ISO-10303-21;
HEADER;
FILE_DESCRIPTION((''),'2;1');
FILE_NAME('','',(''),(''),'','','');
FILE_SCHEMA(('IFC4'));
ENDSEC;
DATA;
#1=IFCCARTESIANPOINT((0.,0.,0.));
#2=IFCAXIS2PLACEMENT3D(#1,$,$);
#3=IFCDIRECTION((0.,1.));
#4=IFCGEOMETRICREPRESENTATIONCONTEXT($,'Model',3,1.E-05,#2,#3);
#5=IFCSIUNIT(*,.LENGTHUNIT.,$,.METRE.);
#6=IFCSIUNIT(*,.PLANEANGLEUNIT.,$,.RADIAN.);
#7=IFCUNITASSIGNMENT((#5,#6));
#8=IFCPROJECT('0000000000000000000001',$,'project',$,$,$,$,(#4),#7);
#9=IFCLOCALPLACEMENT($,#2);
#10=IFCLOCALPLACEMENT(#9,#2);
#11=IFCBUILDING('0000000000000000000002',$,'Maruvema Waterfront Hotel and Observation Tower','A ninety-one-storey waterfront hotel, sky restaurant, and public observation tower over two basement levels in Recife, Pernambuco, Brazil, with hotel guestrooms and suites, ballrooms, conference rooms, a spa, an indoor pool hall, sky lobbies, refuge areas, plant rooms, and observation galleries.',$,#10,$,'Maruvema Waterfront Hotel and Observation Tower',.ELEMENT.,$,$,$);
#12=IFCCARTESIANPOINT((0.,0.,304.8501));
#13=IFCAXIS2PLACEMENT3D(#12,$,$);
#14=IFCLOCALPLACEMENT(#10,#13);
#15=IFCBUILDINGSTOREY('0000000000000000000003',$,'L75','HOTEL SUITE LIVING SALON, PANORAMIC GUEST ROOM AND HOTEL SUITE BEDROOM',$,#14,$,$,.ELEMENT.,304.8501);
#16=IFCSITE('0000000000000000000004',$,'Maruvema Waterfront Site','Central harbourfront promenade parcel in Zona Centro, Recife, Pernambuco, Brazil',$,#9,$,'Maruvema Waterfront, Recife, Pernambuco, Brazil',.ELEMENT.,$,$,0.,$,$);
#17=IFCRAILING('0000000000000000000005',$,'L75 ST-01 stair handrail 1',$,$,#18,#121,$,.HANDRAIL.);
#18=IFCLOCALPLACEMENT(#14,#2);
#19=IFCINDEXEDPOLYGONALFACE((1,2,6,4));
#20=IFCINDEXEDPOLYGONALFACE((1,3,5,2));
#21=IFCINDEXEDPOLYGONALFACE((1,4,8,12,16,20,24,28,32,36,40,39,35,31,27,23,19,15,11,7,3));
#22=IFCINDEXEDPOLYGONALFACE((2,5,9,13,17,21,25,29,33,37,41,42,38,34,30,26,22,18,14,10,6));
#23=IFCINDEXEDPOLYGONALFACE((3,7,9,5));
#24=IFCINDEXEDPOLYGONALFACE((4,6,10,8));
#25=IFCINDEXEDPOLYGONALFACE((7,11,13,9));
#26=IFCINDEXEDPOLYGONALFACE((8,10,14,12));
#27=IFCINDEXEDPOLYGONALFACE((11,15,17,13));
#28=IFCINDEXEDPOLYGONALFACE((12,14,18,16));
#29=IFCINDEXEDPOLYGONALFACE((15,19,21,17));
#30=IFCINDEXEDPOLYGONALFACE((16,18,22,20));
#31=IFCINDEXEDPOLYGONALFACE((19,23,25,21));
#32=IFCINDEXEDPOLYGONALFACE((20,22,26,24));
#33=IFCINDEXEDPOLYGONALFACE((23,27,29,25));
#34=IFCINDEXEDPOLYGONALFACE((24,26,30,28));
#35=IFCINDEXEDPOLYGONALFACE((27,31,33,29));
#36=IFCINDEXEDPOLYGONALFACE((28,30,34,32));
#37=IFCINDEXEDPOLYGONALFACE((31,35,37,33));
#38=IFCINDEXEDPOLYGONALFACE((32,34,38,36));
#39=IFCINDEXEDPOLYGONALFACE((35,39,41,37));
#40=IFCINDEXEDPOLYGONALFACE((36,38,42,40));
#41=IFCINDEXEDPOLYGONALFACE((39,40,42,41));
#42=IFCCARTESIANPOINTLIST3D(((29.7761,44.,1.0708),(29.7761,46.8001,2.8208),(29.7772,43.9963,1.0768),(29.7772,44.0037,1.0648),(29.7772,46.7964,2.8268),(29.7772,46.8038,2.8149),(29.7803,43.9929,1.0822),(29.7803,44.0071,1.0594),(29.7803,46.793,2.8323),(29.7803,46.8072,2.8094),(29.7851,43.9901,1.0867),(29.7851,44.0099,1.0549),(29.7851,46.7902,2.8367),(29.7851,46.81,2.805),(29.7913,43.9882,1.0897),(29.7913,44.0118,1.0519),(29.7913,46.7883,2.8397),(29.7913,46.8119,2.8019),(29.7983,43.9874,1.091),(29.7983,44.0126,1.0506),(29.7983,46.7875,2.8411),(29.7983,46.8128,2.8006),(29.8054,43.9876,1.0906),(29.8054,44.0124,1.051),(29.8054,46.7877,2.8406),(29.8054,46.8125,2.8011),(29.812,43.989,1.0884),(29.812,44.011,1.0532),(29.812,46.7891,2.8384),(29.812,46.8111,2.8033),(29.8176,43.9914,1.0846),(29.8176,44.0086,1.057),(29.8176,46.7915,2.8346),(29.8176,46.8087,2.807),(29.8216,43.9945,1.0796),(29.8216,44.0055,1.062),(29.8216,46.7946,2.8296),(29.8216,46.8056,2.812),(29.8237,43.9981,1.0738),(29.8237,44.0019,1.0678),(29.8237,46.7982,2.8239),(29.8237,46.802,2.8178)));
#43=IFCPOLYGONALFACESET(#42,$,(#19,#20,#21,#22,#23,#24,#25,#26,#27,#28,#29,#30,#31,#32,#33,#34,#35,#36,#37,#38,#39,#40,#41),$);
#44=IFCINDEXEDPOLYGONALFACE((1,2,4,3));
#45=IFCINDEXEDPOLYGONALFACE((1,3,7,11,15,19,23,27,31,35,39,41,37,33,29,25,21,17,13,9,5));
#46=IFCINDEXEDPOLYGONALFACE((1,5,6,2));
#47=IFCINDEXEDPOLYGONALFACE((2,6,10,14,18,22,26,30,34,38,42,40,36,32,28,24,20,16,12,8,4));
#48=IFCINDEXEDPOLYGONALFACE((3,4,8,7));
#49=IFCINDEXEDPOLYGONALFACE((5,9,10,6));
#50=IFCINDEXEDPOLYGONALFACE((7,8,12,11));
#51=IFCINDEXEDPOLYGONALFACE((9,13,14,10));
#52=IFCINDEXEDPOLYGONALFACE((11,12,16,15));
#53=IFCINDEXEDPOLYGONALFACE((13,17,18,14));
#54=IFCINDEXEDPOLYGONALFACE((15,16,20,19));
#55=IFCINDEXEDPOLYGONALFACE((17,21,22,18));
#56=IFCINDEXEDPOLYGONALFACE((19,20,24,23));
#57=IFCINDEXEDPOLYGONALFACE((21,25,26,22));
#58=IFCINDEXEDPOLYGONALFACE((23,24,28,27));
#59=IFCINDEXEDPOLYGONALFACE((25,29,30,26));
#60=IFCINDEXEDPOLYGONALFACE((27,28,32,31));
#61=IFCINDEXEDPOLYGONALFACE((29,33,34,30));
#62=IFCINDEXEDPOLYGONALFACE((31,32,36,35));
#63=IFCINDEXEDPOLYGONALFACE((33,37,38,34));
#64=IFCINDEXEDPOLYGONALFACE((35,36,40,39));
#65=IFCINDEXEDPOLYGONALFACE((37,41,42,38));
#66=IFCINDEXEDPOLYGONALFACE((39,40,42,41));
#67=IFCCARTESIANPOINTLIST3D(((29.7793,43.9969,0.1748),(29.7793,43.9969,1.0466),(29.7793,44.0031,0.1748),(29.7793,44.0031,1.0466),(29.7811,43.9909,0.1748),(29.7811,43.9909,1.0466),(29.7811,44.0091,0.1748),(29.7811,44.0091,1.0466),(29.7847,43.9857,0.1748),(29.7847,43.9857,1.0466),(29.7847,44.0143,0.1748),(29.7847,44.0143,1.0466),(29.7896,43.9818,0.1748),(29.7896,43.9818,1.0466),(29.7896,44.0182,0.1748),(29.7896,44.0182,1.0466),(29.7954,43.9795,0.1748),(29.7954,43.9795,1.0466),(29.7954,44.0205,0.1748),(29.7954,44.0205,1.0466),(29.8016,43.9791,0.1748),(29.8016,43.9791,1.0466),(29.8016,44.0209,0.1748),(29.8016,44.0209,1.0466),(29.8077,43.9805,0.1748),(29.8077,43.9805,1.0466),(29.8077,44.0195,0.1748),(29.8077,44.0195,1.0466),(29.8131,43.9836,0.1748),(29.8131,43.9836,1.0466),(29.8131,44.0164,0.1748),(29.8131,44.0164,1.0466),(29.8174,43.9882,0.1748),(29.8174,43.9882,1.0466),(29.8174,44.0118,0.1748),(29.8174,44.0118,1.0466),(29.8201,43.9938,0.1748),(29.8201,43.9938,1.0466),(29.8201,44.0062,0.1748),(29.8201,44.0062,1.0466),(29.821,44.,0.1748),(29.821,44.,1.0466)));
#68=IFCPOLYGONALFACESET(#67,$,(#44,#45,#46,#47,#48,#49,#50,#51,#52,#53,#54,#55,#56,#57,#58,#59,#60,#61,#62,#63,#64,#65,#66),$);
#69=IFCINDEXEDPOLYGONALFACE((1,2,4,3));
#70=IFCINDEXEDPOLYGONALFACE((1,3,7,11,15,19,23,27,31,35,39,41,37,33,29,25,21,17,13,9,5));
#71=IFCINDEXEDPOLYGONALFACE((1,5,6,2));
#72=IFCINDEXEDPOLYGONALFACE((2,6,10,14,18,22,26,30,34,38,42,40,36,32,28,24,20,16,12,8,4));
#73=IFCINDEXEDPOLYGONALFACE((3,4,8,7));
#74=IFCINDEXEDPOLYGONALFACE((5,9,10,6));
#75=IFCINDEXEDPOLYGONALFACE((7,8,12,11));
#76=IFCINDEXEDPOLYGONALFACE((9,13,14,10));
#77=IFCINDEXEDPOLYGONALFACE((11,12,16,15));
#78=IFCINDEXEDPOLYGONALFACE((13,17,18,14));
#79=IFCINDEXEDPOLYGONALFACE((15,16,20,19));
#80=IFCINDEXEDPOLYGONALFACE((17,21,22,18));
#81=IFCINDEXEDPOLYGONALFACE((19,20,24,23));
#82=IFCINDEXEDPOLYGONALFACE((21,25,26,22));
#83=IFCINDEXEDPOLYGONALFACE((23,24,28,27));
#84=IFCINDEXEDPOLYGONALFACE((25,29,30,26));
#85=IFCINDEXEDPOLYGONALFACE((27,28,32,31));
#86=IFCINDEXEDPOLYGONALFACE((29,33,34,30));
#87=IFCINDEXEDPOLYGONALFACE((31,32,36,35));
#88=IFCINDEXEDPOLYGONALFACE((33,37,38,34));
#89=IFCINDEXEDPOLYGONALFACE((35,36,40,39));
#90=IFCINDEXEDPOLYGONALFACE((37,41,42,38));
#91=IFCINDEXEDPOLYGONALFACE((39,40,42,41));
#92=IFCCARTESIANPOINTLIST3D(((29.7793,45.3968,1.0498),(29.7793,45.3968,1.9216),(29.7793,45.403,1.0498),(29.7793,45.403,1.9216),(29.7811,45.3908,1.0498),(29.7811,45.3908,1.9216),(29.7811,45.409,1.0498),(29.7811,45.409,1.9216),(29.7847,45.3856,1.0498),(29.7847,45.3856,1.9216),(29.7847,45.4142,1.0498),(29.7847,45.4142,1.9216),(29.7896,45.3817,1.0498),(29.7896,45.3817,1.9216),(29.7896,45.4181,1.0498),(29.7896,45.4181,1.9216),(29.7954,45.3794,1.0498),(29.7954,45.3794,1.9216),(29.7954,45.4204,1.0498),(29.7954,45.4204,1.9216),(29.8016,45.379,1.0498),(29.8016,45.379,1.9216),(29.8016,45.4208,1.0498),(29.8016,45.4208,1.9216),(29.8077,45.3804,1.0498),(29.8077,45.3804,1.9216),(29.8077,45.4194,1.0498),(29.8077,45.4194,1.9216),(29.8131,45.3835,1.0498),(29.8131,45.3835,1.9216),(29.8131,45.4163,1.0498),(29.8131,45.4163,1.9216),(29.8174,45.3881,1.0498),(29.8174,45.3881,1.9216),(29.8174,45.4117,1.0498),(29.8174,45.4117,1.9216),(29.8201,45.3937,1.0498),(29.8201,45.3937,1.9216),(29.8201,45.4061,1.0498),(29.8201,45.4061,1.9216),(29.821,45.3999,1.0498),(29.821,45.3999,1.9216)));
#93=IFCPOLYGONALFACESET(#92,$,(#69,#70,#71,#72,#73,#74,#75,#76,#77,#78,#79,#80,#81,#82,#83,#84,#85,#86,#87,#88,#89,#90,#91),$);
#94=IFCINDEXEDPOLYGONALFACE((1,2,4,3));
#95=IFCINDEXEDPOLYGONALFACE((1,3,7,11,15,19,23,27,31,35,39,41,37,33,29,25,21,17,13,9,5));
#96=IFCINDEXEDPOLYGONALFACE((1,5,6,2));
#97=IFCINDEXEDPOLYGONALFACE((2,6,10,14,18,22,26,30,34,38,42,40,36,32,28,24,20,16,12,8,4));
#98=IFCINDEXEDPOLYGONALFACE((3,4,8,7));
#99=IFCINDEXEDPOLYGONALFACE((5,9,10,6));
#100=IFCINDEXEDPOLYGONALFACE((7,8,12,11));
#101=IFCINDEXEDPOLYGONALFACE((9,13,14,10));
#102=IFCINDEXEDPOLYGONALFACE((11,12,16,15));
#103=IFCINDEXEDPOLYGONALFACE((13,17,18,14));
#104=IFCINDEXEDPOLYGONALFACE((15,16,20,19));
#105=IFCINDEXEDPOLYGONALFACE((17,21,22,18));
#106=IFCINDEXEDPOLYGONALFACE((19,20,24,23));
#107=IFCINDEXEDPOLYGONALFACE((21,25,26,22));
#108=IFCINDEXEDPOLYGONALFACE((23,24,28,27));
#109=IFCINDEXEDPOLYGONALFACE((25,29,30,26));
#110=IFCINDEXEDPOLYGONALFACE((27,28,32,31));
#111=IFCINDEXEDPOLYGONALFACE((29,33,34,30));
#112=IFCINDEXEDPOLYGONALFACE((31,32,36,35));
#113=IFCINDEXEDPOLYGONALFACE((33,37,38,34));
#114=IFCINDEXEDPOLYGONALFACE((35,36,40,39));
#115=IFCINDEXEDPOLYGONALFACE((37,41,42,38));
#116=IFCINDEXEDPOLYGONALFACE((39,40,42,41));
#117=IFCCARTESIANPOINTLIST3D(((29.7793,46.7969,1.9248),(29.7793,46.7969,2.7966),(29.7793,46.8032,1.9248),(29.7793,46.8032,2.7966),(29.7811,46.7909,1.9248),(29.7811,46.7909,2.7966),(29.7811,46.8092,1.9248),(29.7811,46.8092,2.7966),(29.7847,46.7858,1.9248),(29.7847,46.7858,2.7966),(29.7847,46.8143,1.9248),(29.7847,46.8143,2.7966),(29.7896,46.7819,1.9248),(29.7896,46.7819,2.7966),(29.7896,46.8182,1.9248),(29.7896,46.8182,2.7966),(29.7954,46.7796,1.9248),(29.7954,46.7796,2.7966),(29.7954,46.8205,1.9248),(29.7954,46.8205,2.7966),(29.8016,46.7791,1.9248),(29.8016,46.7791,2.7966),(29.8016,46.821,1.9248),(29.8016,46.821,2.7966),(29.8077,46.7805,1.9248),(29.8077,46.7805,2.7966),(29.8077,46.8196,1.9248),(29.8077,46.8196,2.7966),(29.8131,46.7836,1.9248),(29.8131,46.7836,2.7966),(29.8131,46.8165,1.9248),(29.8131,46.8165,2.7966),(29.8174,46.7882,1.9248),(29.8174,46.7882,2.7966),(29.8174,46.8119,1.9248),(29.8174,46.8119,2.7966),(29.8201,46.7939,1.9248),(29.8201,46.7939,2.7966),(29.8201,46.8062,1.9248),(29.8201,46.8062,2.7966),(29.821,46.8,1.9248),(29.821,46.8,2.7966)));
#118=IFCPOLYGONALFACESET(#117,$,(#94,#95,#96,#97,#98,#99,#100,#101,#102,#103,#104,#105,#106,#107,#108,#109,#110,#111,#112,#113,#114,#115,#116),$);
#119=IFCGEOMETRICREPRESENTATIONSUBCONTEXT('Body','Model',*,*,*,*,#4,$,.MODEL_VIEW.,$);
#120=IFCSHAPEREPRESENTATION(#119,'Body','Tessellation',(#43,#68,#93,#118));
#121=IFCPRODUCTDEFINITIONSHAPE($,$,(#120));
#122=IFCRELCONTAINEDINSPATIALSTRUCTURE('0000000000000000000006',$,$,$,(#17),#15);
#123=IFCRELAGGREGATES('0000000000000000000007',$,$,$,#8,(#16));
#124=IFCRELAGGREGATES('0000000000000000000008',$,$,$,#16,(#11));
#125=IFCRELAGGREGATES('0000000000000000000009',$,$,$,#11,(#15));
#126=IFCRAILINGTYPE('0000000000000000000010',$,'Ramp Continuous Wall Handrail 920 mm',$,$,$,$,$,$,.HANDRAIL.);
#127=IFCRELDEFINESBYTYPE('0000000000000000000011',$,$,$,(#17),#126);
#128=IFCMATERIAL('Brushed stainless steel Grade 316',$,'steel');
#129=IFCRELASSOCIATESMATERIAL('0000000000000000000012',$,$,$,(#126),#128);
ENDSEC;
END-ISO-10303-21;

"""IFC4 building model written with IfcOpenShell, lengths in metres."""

from ifc_helpers import new_model, si_unit, direction, frame, origin, origin_2d, place, context, subcontext, project, spatial, circle, extrude, material, type_object, element, save


model = new_model("IFC4")

# Units and contexts
model_context = context("Model", 3, precision=1e-05, world=origin(), true_north=direction((0.0, 1.0)))
body_context = subcontext(model_context, "Body", "Model", "MODEL_VIEW")
ifc_project = project(units=[si_unit("LENGTHUNIT", "METRE"), si_unit("PLANEANGLEUNIT", "RADIAN")], contexts=[model_context])

# Site, building, storey
site_placement = place(None, origin())
site = spatial("IfcSite", under=ifc_project, at=site_placement, Name="Maruvema Waterfront Site", Description="Central harbourfront promenade parcel in Zona Centro, Recife, Pernambuco, Brazil", LongName="Maruvema Waterfront, Recife, Pernambuco, Brazil", CompositionType="ELEMENT", RefElevation=0.0)
building_placement = place(site_placement, origin())
building = spatial("IfcBuilding", under=site, at=building_placement, Name="Maruvema Waterfront Hotel and Observation Tower", Description="A ninety-one-storey waterfront hotel, sky restaurant, and public observation tower over two basement levels in Recife, Pernambuco, Brazil, with hotel guestrooms and suites, ballrooms, conference rooms, a spa, an indoor pool hall, sky lobbies, refuge areas, plant rooms, and observation galleries.", LongName="Maruvema Waterfront Hotel and Observation Tower", CompositionType="ELEMENT")
storey_placement = place(building_placement, frame((0.0, 0.0, 304.8501)))
storey = spatial("IfcBuildingStorey", under=building, at=storey_placement, Name="L75", Description="HOTEL SUITE LIVING SALON, PANORAMIC GUEST ROOM AND HOTEL SUITE BEDROOM", CompositionType="ELEMENT", Elevation=304.8501)

# Railing
ifc_material_1 = material(Name="Brushed stainless steel Grade 316", Category="steel")
railing_type_1 = type_object("IfcRailingType", Name="Ramp Continuous Wall Handrail 920 mm", PredefinedType="HANDRAIL", material=ifc_material_1)
railing_1_placement = place(storey_placement, frame((29.8, 44.0, 0.1748)))
element("IfcRailing", 1, at=railing_1_placement, inside=storey, type_object=railing_type_1, Name="L75 ST-01 stair handrail 1", PredefinedType="HANDRAIL", context=body_context, shape_type="SweptSolid", body=[
    extrude(circle(Radius=0.0239, at=origin_2d()), frame((0.0, 0.0, 0.896), z_axis=(0.0, 0.848002, 0.529992), x_axis=(-1.0, 0.0, 0.0)), (0.0, 0.0, 1.0), 3.302),
    extrude(circle(Radius=0.021, at=origin_2d()), origin(), (0.0, 0.0, 1.0), 0.8718),
    extrude(circle(Radius=0.021, at=origin_2d()), frame((0.0, 1.3999, 0.875)), (0.0, 0.0, 1.0), 0.8718),
    extrude(circle(Radius=0.021, at=origin_2d()), frame((0.0, 2.8, 1.75)), (0.0, 0.0, 1.0), 0.8718),
])

save(model, "model.ifc")
